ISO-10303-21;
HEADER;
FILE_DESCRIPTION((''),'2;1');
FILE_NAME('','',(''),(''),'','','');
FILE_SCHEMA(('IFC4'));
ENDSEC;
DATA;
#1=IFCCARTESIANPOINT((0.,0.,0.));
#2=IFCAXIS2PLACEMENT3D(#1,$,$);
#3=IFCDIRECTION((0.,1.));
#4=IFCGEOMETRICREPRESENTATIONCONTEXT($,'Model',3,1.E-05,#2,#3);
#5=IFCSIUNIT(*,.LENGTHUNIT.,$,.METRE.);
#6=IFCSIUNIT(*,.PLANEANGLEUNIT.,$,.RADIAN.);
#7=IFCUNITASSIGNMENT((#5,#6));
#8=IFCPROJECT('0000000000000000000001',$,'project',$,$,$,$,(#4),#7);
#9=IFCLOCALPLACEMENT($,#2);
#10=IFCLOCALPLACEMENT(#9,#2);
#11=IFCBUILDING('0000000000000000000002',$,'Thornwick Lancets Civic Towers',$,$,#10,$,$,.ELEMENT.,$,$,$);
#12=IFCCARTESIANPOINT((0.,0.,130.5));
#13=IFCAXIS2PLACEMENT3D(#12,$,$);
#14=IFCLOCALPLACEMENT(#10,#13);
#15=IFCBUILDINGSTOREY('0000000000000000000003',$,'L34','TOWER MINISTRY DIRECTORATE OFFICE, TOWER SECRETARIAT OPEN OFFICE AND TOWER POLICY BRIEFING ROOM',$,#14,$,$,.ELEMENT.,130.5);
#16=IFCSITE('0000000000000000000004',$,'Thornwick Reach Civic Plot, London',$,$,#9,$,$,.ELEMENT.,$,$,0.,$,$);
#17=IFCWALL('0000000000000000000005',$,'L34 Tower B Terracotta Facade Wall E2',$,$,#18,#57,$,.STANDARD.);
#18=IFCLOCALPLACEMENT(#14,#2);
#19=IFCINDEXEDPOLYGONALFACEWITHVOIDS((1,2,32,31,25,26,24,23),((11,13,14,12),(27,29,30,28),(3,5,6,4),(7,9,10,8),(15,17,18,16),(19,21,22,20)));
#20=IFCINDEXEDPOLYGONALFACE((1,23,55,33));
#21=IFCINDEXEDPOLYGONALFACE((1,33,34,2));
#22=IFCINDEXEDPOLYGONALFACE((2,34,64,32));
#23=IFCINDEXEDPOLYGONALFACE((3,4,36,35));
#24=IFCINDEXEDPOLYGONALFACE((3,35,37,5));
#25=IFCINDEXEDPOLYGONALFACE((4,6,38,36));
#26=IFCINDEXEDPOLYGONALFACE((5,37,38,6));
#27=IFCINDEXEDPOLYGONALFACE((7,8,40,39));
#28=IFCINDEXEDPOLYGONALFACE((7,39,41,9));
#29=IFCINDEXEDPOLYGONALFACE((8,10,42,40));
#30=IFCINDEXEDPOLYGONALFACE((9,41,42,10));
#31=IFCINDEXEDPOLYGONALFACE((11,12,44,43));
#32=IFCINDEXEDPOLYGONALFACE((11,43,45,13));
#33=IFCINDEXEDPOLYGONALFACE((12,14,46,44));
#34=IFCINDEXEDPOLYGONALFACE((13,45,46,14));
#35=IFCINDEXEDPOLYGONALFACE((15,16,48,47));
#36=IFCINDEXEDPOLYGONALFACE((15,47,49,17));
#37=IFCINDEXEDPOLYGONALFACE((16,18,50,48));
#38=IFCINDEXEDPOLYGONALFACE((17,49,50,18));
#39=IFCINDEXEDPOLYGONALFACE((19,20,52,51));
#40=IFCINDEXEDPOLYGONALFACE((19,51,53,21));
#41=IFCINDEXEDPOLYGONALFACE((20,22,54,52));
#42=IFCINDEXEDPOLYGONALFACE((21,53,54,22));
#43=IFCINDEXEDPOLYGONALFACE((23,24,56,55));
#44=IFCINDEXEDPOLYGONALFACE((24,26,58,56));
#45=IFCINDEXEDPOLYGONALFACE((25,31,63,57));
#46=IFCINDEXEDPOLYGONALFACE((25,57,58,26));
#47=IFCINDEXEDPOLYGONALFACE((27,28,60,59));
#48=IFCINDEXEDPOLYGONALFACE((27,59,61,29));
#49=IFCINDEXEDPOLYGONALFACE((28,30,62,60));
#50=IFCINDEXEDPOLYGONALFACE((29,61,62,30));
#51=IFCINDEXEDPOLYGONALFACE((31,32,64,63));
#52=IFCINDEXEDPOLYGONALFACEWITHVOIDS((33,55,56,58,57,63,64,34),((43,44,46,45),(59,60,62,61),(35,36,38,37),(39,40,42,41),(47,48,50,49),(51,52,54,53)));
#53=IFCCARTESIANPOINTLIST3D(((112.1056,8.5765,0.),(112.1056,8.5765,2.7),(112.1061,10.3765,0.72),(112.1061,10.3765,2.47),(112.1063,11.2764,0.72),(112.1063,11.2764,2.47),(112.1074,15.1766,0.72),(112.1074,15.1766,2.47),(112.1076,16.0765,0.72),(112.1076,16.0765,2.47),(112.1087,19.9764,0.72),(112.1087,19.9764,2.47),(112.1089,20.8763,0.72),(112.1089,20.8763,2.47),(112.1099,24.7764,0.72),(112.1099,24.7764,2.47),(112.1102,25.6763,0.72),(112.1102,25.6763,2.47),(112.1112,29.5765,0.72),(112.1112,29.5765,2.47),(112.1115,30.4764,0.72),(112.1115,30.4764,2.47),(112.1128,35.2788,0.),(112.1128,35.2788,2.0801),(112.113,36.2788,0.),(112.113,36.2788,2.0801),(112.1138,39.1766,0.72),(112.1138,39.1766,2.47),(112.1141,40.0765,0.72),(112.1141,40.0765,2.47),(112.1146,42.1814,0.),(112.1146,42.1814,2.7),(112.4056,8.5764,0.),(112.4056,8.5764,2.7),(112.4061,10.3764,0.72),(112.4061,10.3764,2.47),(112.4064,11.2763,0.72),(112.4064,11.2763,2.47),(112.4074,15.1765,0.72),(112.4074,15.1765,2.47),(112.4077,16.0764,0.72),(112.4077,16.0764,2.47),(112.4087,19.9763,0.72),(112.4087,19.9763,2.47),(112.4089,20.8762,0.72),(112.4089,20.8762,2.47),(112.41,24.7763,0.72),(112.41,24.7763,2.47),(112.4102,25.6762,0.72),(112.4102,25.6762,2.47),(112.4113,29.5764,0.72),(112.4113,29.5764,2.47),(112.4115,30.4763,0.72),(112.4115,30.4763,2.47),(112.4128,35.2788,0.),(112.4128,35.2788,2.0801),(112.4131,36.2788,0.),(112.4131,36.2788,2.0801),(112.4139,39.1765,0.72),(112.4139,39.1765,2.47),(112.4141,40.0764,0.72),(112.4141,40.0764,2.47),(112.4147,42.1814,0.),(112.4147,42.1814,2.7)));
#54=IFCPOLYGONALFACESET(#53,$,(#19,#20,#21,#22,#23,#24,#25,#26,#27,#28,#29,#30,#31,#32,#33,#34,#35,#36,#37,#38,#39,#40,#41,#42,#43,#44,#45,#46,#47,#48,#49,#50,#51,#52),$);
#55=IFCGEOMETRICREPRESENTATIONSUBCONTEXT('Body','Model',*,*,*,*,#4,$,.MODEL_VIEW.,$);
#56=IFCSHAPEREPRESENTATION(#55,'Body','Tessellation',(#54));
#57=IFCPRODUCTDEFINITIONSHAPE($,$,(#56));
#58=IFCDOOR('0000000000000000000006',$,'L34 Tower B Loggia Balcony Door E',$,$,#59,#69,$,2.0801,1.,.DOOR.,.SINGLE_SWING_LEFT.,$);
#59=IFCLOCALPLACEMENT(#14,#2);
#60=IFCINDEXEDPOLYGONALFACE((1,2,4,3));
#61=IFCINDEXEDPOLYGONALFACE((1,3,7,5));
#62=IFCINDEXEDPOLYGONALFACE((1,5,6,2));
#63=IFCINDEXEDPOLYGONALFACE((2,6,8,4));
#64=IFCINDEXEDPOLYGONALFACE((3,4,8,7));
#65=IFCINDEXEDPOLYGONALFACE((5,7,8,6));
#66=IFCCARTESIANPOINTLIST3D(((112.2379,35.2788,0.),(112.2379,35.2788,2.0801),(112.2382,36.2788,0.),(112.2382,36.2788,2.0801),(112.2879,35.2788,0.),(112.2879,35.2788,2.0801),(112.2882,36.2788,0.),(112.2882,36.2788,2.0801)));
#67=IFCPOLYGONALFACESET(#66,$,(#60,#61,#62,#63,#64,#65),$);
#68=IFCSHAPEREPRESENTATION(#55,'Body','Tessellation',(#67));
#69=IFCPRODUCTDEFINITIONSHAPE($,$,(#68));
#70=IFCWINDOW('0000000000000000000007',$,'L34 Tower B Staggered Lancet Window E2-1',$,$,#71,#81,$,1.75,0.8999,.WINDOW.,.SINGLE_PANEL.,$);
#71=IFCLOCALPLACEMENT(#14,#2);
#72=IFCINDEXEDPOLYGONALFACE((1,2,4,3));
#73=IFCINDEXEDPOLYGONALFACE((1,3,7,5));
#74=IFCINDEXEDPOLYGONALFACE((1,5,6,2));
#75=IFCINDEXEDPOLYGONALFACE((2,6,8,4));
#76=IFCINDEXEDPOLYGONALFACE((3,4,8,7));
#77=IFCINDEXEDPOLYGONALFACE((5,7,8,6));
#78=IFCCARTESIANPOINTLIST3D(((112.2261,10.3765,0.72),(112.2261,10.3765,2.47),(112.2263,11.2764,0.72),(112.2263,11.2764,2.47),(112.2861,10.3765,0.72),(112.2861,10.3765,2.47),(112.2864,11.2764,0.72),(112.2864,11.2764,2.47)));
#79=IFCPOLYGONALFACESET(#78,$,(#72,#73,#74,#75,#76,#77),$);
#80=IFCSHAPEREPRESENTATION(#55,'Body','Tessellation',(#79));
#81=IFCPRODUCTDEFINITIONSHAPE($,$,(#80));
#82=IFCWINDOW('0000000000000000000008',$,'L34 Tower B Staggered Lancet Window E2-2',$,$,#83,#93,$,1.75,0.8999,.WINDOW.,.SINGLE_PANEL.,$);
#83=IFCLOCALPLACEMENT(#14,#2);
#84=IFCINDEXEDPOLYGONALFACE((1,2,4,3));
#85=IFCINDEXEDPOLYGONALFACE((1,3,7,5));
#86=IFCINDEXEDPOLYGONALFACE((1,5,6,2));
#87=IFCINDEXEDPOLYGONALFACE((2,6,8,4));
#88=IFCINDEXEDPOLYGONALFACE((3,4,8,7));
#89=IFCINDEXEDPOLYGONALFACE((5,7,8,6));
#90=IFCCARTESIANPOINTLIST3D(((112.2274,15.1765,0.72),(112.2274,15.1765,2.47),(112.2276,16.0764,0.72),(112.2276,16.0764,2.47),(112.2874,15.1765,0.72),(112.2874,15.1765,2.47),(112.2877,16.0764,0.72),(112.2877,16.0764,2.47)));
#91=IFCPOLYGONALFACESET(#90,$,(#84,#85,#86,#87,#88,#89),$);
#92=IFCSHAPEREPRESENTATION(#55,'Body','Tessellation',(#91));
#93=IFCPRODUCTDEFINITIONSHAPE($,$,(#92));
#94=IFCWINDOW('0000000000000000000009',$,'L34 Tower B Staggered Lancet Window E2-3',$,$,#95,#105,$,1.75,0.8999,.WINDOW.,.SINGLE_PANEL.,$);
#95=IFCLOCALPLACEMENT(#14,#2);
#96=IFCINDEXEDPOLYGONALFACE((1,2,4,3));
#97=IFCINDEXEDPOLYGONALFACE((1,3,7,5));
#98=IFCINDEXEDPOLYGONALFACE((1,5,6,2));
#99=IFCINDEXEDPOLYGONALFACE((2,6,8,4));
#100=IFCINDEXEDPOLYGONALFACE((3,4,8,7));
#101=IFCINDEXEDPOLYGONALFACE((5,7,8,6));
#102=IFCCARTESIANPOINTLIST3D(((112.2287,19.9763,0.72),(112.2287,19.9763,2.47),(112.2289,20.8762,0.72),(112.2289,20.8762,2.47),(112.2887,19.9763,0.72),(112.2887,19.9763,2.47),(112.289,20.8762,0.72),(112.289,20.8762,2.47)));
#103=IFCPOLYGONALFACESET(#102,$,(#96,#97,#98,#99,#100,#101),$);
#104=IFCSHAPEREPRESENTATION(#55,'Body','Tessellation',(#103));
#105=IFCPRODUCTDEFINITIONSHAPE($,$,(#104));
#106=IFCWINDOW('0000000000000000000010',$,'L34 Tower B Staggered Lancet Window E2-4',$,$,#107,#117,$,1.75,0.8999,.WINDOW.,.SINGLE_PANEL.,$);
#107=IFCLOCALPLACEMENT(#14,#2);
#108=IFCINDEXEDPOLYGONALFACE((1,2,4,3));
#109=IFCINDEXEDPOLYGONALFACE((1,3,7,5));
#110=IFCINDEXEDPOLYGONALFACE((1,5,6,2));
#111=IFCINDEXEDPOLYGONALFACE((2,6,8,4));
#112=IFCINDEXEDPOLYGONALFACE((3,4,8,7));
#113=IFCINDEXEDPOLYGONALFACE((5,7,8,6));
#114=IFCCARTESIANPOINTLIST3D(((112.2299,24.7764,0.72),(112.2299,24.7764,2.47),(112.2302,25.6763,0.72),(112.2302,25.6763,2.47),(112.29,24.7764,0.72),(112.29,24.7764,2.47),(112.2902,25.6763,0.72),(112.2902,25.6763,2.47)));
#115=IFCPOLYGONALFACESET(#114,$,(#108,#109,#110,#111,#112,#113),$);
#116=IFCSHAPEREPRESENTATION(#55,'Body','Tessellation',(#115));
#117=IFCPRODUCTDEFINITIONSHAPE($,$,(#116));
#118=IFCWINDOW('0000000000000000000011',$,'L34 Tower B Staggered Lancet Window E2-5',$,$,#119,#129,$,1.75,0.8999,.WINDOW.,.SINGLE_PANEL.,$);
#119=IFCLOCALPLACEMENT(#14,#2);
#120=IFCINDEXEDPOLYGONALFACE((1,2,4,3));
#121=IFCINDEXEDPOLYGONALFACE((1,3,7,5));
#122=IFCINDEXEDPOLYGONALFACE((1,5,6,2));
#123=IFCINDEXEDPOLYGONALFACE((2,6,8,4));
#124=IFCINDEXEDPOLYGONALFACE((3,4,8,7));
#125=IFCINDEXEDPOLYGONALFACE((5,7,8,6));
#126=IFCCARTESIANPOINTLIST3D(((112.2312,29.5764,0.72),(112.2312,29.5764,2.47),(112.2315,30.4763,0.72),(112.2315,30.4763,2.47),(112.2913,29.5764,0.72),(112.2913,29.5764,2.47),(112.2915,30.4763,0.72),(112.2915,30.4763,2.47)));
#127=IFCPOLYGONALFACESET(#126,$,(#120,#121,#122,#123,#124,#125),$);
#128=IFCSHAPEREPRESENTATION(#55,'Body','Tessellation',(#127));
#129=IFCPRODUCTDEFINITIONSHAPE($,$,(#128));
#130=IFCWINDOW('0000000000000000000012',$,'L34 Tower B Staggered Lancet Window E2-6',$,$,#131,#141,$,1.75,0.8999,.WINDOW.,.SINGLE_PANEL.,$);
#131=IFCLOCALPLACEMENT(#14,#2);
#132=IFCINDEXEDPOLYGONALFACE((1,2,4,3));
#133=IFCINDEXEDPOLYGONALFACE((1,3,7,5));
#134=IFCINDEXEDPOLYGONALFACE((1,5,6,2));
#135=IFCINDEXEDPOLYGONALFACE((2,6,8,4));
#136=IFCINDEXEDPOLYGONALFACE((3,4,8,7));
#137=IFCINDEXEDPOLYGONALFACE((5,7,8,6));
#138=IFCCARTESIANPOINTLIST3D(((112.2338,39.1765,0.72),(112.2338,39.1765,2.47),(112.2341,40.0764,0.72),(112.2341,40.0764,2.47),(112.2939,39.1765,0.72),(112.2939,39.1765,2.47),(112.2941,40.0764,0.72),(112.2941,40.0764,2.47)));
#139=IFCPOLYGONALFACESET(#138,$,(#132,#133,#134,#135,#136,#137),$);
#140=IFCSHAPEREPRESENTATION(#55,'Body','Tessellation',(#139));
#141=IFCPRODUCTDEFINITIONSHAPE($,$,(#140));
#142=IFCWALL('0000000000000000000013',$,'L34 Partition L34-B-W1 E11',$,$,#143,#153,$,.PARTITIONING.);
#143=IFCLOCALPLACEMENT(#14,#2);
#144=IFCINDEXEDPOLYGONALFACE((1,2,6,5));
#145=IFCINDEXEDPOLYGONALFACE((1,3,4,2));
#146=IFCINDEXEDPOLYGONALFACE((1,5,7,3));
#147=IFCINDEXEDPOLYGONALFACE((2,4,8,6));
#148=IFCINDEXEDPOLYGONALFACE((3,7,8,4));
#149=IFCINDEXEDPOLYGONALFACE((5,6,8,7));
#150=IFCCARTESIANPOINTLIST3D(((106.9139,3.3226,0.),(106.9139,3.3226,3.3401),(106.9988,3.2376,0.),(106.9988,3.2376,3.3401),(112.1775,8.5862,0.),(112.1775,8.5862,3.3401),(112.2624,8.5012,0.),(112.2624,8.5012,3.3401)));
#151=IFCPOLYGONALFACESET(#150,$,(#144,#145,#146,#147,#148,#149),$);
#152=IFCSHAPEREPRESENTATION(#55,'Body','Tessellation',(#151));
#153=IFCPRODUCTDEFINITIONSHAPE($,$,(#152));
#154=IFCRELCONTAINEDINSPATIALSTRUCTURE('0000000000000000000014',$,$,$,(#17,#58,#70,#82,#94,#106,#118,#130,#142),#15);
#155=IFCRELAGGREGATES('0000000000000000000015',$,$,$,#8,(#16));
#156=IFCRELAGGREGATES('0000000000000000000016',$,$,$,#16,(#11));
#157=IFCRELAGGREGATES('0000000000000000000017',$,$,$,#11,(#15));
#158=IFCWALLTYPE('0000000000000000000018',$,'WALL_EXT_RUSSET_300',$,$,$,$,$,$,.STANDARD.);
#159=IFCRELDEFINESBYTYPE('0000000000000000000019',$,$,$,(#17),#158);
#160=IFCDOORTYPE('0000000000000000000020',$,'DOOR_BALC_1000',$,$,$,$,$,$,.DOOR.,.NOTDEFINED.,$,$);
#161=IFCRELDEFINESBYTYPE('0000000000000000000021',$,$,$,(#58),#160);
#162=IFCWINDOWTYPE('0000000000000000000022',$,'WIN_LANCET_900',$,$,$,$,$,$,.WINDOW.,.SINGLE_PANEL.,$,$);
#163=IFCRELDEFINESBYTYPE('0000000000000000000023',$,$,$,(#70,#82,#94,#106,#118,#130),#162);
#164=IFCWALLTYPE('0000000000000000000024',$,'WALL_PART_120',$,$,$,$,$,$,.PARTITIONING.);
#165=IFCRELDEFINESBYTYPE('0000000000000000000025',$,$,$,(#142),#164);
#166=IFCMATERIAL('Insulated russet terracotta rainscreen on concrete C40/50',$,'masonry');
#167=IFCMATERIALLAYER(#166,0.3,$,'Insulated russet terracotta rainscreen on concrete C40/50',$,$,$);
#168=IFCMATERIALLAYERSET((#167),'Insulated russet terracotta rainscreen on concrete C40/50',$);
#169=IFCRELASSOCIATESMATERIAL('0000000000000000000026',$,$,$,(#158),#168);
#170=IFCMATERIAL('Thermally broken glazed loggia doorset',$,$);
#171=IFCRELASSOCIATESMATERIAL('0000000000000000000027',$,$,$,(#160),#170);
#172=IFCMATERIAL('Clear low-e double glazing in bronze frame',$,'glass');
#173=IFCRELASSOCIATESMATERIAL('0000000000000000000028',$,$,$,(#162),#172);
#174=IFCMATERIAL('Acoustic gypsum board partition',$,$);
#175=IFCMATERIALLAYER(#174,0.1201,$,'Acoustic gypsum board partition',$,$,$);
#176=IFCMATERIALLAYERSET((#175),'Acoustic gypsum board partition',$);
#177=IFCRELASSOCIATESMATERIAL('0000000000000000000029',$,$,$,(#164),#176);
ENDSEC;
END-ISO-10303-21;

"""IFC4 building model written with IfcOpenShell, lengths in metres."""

from ifc_helpers import new_model, si_unit, direction, frame, frame_2d, origin, place, context, subcontext, project, spatial, rectangle, extrude, material, layer, layer_set, type_object, element, fill, save


model = new_model("IFC4")

# Units and contexts
model_context = context("Model", 3, precision=1e-05, world=origin(), true_north=direction((0.0, 1.0)))
body_context = subcontext(model_context, "Body", "Model", "MODEL_VIEW")
ifc_project = project(units=[si_unit("LENGTHUNIT", "METRE"), si_unit("PLANEANGLEUNIT", "RADIAN")], contexts=[model_context])

# Site, building, storey
site_placement = place(None, origin())
site = spatial("IfcSite", under=ifc_project, at=site_placement, Name="Thornwick Reach Civic Plot, London", CompositionType="ELEMENT", RefElevation=0.0)
building_placement = place(site_placement, origin())
building = spatial("IfcBuilding", under=site, at=building_placement, Name="Thornwick Lancets Civic Towers", CompositionType="ELEMENT")
storey_placement = place(building_placement, frame((0.0, 0.0, 130.5)))
storey = spatial("IfcBuildingStorey", under=building, at=storey_placement, Name="L34", Description="TOWER MINISTRY DIRECTORATE OFFICE, TOWER SECRETARIAT OPEN OFFICE AND TOWER POLICY BRIEFING ROOM", CompositionType="ELEMENT", Elevation=130.5)

# Wall, openings, door, windows
ifc_material_1 = material(Name="Insulated russet terracotta rainscreen on concrete C40/50", Category="masonry")
ifc_layer_1 = layer(ifc_material_1, 0.3, Name="Insulated russet terracotta rainscreen on concrete C40/50")
ifc_layer_set_1 = layer_set([ifc_layer_1], Name="Insulated russet terracotta rainscreen on concrete C40/50")
wall_type_1 = type_object("IfcWallType", Name="WALL_EXT_RUSSET_300", PredefinedType="STANDARD", material=ifc_layer_set_1)
wall_1_placement = place(storey_placement, frame((112.2556, 8.5764, 0.0), z_axis=(0.0, 0.0, 1.0), x_axis=(0.000269, 1.0, 0.0)))
wall_1 = element("IfcWall", 1, at=wall_1_placement, inside=storey, type_object=wall_type_1, Name="L34 Tower B Terracotta Facade Wall E2", PredefinedType="STANDARD", context=body_context, shape_type="SweptSolid", body=[
    extrude(rectangle(XDim=33.605, YDim=0.3, at=frame_2d((16.8025, 0.0))), origin(), (0.0, 0.0, 1.0), 2.7),
])
opening_1_placement = place(wall_1_placement, frame((26.7024, 0.0, 0.0)))
opening_1 = element("IfcOpeningElement", 2, at=opening_1_placement, cuts=wall_1, PredefinedType="OPENING", context=body_context, shape_type="SweptSolid", body=[
    extrude(rectangle(XDim=1.0, YDim=2.0801, at=frame_2d((0.5, 1.04))), frame((0.0, 0.1602, 0.0), z_axis=(0.0, -1.0, 0.0), x_axis=(1.0, 0.0, 0.0)), (0.0, 0.0, 1.0), 0.3201),
])
opening_2_placement = place(wall_1_placement, frame((1.8, 0.0, 0.72)))
opening_2 = element("IfcOpeningElement", 3, at=opening_2_placement, cuts=wall_1, PredefinedType="OPENING", context=body_context, shape_type="SweptSolid", body=[
    extrude(rectangle(XDim=0.8999, YDim=1.75, at=frame_2d((0.45, 0.875))), frame((0.0, 0.1602, 0.0), z_axis=(0.0, -1.0, 0.0), x_axis=(1.0, 0.0, 0.0)), (0.0, 0.0, 1.0), 0.3201),
])
opening_3_placement = place(wall_1_placement, frame((6.6001, 0.0, 0.72)))
opening_3 = element("IfcOpeningElement", 4, at=opening_3_placement, cuts=wall_1, PredefinedType="OPENING", context=body_context, shape_type="SweptSolid", body=[
    extrude(rectangle(XDim=0.8999, YDim=1.75, at=frame_2d((0.45, 0.875))), frame((0.0, 0.1602, 0.0), z_axis=(0.0, -1.0, 0.0), x_axis=(1.0, 0.0, 0.0)), (0.0, 0.0, 1.0), 0.3201),
])
opening_4_placement = place(wall_1_placement, frame((11.3999, 0.0, 0.72)))
opening_4 = element("IfcOpeningElement", 5, at=opening_4_placement, cuts=wall_1, PredefinedType="OPENING", context=body_context, shape_type="SweptSolid", body=[
    extrude(rectangle(XDim=0.8999, YDim=1.75, at=frame_2d((0.45, 0.875))), frame((0.0, 0.1602, 0.0), z_axis=(0.0, -1.0, 0.0), x_axis=(1.0, 0.0, 0.0)), (0.0, 0.0, 1.0), 0.3201),
])
opening_5_placement = place(wall_1_placement, frame((16.2, 0.0, 0.72)))
opening_5 = element("IfcOpeningElement", 6, at=opening_5_placement, cuts=wall_1, PredefinedType="OPENING", context=body_context, shape_type="SweptSolid", body=[
    extrude(rectangle(XDim=0.8999, YDim=1.75, at=frame_2d((0.45, 0.875))), frame((0.0, 0.1602, 0.0), z_axis=(0.0, -1.0, 0.0), x_axis=(1.0, 0.0, 0.0)), (0.0, 0.0, 1.0), 0.3201),
])
opening_6_placement = place(wall_1_placement, frame((21.0, 0.0, 0.72)))
opening_6 = element("IfcOpeningElement", 7, at=opening_6_placement, cuts=wall_1, PredefinedType="OPENING", context=body_context, shape_type="SweptSolid", body=[
    extrude(rectangle(XDim=0.8999, YDim=1.75, at=frame_2d((0.45, 0.875))), frame((0.0, 0.1602, 0.0), z_axis=(0.0, -1.0, 0.0), x_axis=(1.0, 0.0, 0.0)), (0.0, 0.0, 1.0), 0.3201),
])
opening_7_placement = place(wall_1_placement, frame((30.6001, 0.0, 0.72)))
opening_7 = element("IfcOpeningElement", 8, at=opening_7_placement, cuts=wall_1, PredefinedType="OPENING", context=body_context, shape_type="SweptSolid", body=[
    extrude(rectangle(XDim=0.8999, YDim=1.75, at=frame_2d((0.45, 0.875))), frame((0.0, 0.1602, 0.0), z_axis=(0.0, -1.0, 0.0), x_axis=(1.0, 0.0, 0.0)), (0.0, 0.0, 1.0), 0.3201),
])
ifc_material_2 = material(Name="Thermally broken glazed loggia doorset")
door_type = type_object("IfcDoorType", Name="DOOR_BALC_1000", OperationType="NOTDEFINED", PredefinedType="DOOR", material=ifc_material_2)
door_placement = place(opening_1_placement, origin())
door = element("IfcDoor", 9, at=door_placement, inside=storey, type_object=door_type, Name="L34 Tower B Loggia Balcony Door E", OperationType="SINGLE_SWING_LEFT", OverallHeight=2.0801, OverallWidth=1.0, PredefinedType="DOOR", context=body_context, shape_type="SweptSolid", body=[
    extrude(rectangle(XDim=1.0, YDim=2.0801, at=frame_2d((0.5, 1.04))), frame((0.0, 0.0249, 0.0), z_axis=(0.0, -1.0, 0.0), x_axis=(1.0, 0.0, 0.0)), (0.0, 0.0, 1.0), 0.05),
])
fill(opening_1, door)
ifc_material_3 = material(Name="Clear low-e double glazing in bronze frame", Category="glass")
window_type = type_object("IfcWindowType", Name="WIN_LANCET_900", PartitioningType="SINGLE_PANEL", PredefinedType="WINDOW", material=ifc_material_3)
window_1_placement = place(opening_2_placement, origin())
window_1 = element("IfcWindow", 10, at=window_1_placement, inside=storey, type_object=window_type, Name="L34 Tower B Staggered Lancet Window E2-1", OverallHeight=1.75, OverallWidth=0.8999, PartitioningType="SINGLE_PANEL", PredefinedType="WINDOW", context=body_context, shape_type="SweptSolid", body=[
    extrude(rectangle(XDim=0.8999, YDim=1.75, at=frame_2d((0.45, 0.875))), frame((0.0, 0.03, 0.0), z_axis=(0.0, -1.0, 0.0), x_axis=(1.0, 0.0, 0.0)), (0.0, 0.0, 1.0), 0.0601),
])
fill(opening_2, window_1)
window_2_placement = place(opening_3_placement, origin())
window_2 = element("IfcWindow", 11, at=window_2_placement, inside=storey, type_object=window_type, Name="L34 Tower B Staggered Lancet Window E2-2", OverallHeight=1.75, OverallWidth=0.8999, PartitioningType="SINGLE_PANEL", PredefinedType="WINDOW", context=body_context, shape_type="SweptSolid", body=[
    extrude(rectangle(XDim=0.8999, YDim=1.75, at=frame_2d((0.45, 0.875))), frame((0.0, 0.03, 0.0), z_axis=(0.0, -1.0, 0.0), x_axis=(1.0, 0.0, 0.0)), (0.0, 0.0, 1.0), 0.0601),
])
fill(opening_3, window_2)
window_3_placement = place(opening_4_placement, origin())
window_3 = element("IfcWindow", 12, at=window_3_placement, inside=storey, type_object=window_type, Name="L34 Tower B Staggered Lancet Window E2-3", OverallHeight=1.75, OverallWidth=0.8999, PartitioningType="SINGLE_PANEL", PredefinedType="WINDOW", context=body_context, shape_type="SweptSolid", body=[
    extrude(rectangle(XDim=0.8999, YDim=1.75, at=frame_2d((0.45, 0.875))), frame((0.0, 0.03, 0.0), z_axis=(0.0, -1.0, 0.0), x_axis=(1.0, 0.0, 0.0)), (0.0, 0.0, 1.0), 0.0601),
])
fill(opening_4, window_3)
window_4_placement = place(opening_5_placement, origin())
window_4 = element("IfcWindow", 13, at=window_4_placement, inside=storey, type_object=window_type, Name="L34 Tower B Staggered Lancet Window E2-4", OverallHeight=1.75, OverallWidth=0.8999, PartitioningType="SINGLE_PANEL", PredefinedType="WINDOW", context=body_context, shape_type="SweptSolid", body=[
    extrude(rectangle(XDim=0.8999, YDim=1.75, at=frame_2d((0.45, 0.875))), frame((0.0, 0.03, 0.0), z_axis=(0.0, -1.0, 0.0), x_axis=(1.0, 0.0, 0.0)), (0.0, 0.0, 1.0), 0.0601),
])
fill(opening_5, window_4)
window_5_placement = place(opening_6_placement, origin())
window_5 = element("IfcWindow", 14, at=window_5_placement, inside=storey, type_object=window_type, Name="L34 Tower B Staggered Lancet Window E2-5", OverallHeight=1.75, OverallWidth=0.8999, PartitioningType="SINGLE_PANEL", PredefinedType="WINDOW", context=body_context, shape_type="SweptSolid", body=[
    extrude(rectangle(XDim=0.8999, YDim=1.75, at=frame_2d((0.45, 0.875))), frame((0.0, 0.03, 0.0), z_axis=(0.0, -1.0, 0.0), x_axis=(1.0, 0.0, 0.0)), (0.0, 0.0, 1.0), 0.0601),
])
fill(opening_6, window_5)
window_6_placement = place(opening_7_placement, origin())
window_6 = element("IfcWindow", 15, at=window_6_placement, inside=storey, type_object=window_type, Name="L34 Tower B Staggered Lancet Window E2-6", OverallHeight=1.75, OverallWidth=0.8999, PartitioningType="SINGLE_PANEL", PredefinedType="WINDOW", context=body_context, shape_type="SweptSolid", body=[
    extrude(rectangle(XDim=0.8999, YDim=1.75, at=frame_2d((0.45, 0.875))), frame((0.0, 0.03, 0.0), z_axis=(0.0, -1.0, 0.0), x_axis=(1.0, 0.0, 0.0)), (0.0, 0.0, 1.0), 0.0601),
])
fill(opening_7, window_6)

# Wall
ifc_material_4 = material(Name="Acoustic gypsum board partition")
ifc_layer_2 = layer(ifc_material_4, 0.1201, Name="Acoustic gypsum board partition")
ifc_layer_set_2 = layer_set([ifc_layer_2], Name="Acoustic gypsum board partition")
wall_type_2 = type_object("IfcWallType", Name="WALL_PART_120", PredefinedType="PARTITIONING", material=ifc_layer_set_2)
wall_2_placement = place(storey_placement, frame((112.22, 8.5437, 0.0), z_axis=(0.0, 0.0, 1.0), x_axis=(-0.707107, -0.707107, 0.0)))
element("IfcWall", 16, at=wall_2_placement, inside=storey, type_object=wall_type_2, Name="L34 Partition L34-B-W1 E11", PredefinedType="PARTITIONING", context=body_context, shape_type="SweptSolid", body=[
    extrude(rectangle(XDim=7.4438, YDim=0.1201, at=frame_2d((3.7219, 0.0))), origin(), (0.0, 0.0, 1.0), 3.3401),
])

save(model, "model.ifc")
